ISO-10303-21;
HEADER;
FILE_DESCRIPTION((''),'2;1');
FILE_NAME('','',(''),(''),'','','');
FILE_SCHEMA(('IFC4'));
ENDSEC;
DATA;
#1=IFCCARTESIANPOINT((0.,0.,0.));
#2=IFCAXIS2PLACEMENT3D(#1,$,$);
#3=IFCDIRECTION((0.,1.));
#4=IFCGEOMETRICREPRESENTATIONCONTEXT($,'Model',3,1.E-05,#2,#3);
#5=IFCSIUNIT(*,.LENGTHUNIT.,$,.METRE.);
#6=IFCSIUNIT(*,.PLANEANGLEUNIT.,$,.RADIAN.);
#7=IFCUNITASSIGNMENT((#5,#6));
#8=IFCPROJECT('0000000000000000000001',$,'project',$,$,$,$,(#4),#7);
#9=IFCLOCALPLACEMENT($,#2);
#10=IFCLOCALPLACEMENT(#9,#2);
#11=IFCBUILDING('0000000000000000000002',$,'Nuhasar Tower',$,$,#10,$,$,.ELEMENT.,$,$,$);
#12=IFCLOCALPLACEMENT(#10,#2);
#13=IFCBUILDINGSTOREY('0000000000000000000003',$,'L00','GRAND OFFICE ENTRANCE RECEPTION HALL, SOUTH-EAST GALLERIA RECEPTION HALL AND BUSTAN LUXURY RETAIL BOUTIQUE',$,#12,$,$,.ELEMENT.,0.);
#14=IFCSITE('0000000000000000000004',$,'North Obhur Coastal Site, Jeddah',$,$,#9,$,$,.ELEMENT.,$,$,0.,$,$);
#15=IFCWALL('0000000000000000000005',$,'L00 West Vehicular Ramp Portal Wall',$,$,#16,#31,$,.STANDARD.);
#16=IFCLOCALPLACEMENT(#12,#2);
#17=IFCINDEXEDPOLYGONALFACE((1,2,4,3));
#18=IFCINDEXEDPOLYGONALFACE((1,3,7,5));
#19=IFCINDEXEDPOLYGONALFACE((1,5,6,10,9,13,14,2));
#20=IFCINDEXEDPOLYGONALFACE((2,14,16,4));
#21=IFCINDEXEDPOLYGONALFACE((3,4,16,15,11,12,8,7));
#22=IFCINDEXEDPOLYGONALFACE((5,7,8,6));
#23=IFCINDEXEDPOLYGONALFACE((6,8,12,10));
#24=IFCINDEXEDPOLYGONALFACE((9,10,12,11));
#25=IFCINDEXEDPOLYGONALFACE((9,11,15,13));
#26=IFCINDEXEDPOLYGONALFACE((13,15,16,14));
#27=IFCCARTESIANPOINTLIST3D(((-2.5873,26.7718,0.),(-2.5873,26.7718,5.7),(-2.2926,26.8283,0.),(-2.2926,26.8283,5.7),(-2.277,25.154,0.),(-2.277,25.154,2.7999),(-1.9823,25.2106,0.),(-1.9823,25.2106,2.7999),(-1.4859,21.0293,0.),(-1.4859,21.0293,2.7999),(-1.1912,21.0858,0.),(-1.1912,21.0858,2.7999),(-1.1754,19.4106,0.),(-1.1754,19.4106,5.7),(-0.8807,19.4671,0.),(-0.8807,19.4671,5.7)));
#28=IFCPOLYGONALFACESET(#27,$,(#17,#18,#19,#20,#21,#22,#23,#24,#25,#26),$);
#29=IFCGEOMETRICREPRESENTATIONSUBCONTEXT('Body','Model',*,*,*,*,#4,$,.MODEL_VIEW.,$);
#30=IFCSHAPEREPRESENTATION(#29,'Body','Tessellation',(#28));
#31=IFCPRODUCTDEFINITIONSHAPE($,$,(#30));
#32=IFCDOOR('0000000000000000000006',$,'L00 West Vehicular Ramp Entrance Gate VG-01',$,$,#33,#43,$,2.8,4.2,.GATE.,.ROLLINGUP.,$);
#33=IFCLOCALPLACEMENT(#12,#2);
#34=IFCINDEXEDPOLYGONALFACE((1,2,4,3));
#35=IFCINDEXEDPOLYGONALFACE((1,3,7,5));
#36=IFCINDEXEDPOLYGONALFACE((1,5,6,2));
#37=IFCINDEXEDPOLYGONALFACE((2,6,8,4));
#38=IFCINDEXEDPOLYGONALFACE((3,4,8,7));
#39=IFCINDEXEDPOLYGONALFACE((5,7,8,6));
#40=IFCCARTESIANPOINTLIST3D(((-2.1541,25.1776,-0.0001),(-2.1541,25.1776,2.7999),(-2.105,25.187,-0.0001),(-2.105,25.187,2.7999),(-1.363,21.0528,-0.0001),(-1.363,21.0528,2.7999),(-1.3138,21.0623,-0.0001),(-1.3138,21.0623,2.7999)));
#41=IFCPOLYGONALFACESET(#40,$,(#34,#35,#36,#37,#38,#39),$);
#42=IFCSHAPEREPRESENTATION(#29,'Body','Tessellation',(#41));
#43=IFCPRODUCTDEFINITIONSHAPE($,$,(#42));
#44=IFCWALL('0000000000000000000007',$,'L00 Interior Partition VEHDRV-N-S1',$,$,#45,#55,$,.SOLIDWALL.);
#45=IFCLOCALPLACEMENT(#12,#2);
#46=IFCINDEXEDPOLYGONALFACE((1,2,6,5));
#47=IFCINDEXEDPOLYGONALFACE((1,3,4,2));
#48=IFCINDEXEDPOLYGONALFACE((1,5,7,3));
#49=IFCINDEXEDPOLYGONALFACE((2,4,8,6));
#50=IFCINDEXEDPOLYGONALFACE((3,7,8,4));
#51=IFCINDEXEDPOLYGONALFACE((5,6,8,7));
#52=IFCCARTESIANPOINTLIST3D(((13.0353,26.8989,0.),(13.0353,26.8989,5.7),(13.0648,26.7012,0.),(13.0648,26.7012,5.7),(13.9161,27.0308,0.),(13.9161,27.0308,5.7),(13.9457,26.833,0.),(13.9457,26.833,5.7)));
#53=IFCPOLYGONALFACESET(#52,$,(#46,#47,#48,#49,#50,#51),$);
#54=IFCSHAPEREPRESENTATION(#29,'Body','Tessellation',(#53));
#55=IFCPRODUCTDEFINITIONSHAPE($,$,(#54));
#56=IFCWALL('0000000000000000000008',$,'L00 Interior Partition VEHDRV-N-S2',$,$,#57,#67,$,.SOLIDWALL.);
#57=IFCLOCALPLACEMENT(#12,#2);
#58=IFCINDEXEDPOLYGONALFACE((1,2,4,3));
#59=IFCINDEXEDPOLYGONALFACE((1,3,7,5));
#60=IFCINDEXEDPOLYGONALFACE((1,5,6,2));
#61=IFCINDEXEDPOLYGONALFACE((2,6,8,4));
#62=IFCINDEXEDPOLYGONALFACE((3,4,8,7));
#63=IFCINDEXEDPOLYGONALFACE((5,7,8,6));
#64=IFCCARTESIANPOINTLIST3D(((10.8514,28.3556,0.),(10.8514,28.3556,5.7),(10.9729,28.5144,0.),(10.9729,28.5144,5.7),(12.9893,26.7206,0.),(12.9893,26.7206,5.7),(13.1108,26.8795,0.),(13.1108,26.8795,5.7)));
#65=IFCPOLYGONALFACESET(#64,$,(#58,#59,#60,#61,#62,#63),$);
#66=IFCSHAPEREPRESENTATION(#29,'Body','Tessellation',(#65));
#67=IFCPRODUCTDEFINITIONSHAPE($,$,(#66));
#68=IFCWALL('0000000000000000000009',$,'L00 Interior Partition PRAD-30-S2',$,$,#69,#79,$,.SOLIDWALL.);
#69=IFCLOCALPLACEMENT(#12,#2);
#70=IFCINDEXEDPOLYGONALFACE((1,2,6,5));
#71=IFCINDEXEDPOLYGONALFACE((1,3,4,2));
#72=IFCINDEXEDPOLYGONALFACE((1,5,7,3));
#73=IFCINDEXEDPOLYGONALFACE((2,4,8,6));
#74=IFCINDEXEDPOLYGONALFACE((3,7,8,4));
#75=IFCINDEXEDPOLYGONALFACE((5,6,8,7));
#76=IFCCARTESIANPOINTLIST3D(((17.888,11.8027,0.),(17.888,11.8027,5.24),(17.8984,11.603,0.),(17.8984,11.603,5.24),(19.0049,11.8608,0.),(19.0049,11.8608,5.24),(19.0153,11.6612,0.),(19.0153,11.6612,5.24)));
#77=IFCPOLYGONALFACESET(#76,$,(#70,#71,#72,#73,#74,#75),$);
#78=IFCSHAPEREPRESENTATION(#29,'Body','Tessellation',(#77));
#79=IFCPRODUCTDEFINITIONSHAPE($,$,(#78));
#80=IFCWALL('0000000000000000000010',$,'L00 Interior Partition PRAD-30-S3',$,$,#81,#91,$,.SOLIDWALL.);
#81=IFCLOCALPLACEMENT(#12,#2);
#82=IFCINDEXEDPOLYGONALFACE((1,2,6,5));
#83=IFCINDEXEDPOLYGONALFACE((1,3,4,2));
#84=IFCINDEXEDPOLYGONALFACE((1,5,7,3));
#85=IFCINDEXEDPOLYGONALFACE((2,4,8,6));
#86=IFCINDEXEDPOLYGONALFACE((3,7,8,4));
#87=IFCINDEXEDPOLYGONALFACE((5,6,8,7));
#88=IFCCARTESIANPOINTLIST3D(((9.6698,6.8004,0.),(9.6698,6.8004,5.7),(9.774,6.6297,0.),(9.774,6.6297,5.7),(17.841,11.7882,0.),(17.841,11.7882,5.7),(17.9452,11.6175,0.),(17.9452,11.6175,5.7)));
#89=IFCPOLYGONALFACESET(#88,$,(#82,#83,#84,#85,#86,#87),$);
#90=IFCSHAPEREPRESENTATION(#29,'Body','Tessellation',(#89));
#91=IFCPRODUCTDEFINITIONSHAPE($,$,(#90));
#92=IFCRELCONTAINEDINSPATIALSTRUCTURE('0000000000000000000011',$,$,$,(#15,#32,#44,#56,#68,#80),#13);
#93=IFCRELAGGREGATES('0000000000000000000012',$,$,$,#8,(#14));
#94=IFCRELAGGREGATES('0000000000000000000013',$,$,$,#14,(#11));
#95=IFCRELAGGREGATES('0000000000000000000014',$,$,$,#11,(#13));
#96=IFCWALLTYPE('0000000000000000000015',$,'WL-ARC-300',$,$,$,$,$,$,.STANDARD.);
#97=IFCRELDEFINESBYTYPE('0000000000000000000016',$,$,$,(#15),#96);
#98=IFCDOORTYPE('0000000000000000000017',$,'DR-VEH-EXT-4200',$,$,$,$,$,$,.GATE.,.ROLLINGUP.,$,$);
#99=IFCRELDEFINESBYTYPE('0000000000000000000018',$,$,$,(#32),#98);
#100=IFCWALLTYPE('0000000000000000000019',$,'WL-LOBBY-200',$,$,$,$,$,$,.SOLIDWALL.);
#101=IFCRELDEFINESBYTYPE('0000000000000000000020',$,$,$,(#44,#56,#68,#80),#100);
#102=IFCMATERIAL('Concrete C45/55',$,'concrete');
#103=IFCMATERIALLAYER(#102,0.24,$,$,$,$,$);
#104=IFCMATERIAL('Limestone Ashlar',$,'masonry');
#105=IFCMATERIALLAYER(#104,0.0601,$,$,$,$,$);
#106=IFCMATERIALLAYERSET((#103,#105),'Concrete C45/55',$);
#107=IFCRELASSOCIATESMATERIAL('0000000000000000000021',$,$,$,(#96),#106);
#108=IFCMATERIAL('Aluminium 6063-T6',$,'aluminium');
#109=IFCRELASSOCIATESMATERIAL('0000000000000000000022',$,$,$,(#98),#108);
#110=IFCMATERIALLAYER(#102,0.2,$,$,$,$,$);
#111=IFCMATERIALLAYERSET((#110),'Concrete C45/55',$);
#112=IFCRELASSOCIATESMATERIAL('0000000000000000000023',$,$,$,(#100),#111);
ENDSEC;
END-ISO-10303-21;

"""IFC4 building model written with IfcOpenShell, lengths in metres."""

from ifc_helpers import new_model, si_unit, direction, frame, frame_2d, origin, place, context, subcontext, project, spatial, rectangle, extrude, material, layer, layer_set, type_object, element, fill, save


model = new_model("IFC4")

# Units and contexts
model_context = context("Model", 3, precision=1e-05, world=origin(), true_north=direction((0.0, 1.0)))
body_context = subcontext(model_context, "Body", "Model", "MODEL_VIEW")
ifc_project = project(units=[si_unit("LENGTHUNIT", "METRE"), si_unit("PLANEANGLEUNIT", "RADIAN")], contexts=[model_context])

# Site, building, storey
site_placement = place(None, origin())
site = spatial("IfcSite", under=ifc_project, at=site_placement, Name="North Obhur Coastal Site, Jeddah", CompositionType="ELEMENT", RefElevation=0.0)
building_placement = place(site_placement, origin())
building = spatial("IfcBuilding", under=site, at=building_placement, Name="Nuhasar Tower", CompositionType="ELEMENT")
storey_placement = place(building_placement, origin())
storey = spatial("IfcBuildingStorey", under=building, at=storey_placement, Name="L00", Description="GRAND OFFICE ENTRANCE RECEPTION HALL, SOUTH-EAST GALLERIA RECEPTION HALL AND BUSTAN LUXURY RETAIL BOUTIQUE", CompositionType="ELEMENT", Elevation=0.0)

# Shared definitions
ifc_material_1 = material(Name="Aluminium 6063-T6", Category="aluminium")

# Shared definitions
ifc_material_2 = material(Name="Concrete C45/55", Category="concrete")
ifc_layer_1 = layer(ifc_material_2, 0.24)
ifc_material_3 = material(Name="Limestone Ashlar", Category="masonry")
ifc_layer_2 = layer(ifc_material_3, 0.0601)
ifc_layer_set_1 = layer_set([ifc_layer_1, ifc_layer_2], Name="Concrete C45/55")
wall_type_1 = type_object("IfcWallType", Name="WL-ARC-300", PredefinedType="STANDARD", material=ifc_layer_set_1)

# Wall, opening, door
wall_1_placement = place(storey_placement, frame((-1.0281, 19.439, 0.0), z_axis=(0.0, 0.0, 1.0), x_axis=(-0.188368, 0.982099, 0.0)))
wall_1 = element("IfcWall", 1, at=wall_1_placement, inside=storey, type_object=wall_type_1, Name="L00 West Vehicular Ramp Portal Wall", PredefinedType="STANDARD", context=body_context, shape_type="SweptSolid", body=[
    extrude(rectangle(XDim=7.4954, YDim=0.3, at=frame_2d((3.7476, 0.0))), origin(), (0.0, 0.0, 1.0), 5.7),
])
opening_1_placement = place(wall_1_placement, frame((1.6479, 0.0, 0.0)))
opening_1 = element("IfcOpeningElement", 2, at=opening_1_placement, cuts=wall_1, PredefinedType="OPENING", context=body_context, shape_type="SweptSolid", body=[
    extrude(rectangle(XDim=4.2, YDim=2.8, at=frame_2d((2.1001, 1.3999))), frame((0.0, 0.1602, 0.0), z_axis=(0.0, -1.0, 0.0), x_axis=(1.0, 0.0, 0.0)), (0.0, 0.0, 1.0), 0.3201),
])
door_type_1 = type_object("IfcDoorType", Name="DR-VEH-EXT-4200", OperationType="ROLLINGUP", PredefinedType="GATE", material=ifc_material_1)
door_1_placement = place(opening_1_placement, origin())
door_1 = element("IfcDoor", 3, at=door_1_placement, inside=storey, type_object=door_type_1, Name="L00 West Vehicular Ramp Entrance Gate VG-01", OperationType="ROLLINGUP", OverallHeight=2.8, OverallWidth=4.2, PredefinedType="GATE", context=body_context, shape_type="SweptSolid", body=[
    extrude(rectangle(XDim=4.2, YDim=2.8, at=frame_2d((2.1001, 1.3999))), frame((0.0, 0.0249, 0.0), z_axis=(0.0, -1.0, 0.0), x_axis=(1.0, 0.0, 0.0)), (0.0, 0.0, 1.0), 0.05),
])
fill(opening_1, door_1)

# Walls
ifc_layer_3 = layer(ifc_material_2, 0.2)
ifc_layer_set_2 = layer_set([ifc_layer_3], Name="Concrete C45/55")
wall_type_2 = type_object("IfcWallType", Name="WL-LOBBY-200", PredefinedType="SOLIDWALL", material=ifc_layer_set_2)
wall_2_placement = place(storey_placement, frame((13.05, 26.8, 0.0), z_axis=(0.0, 0.0, 1.0), x_axis=(0.988985, 0.148019, 0.0)))
element("IfcWall", 4, at=wall_2_placement, inside=storey, type_object=wall_type_2, Name="L00 Interior Partition VEHDRV-N-S1", PredefinedType="SOLIDWALL", context=body_context, shape_type="SweptSolid", body=[
    extrude(rectangle(XDim=0.8906, YDim=0.2, at=frame_2d((0.4453, 0.0))), origin(), (0.0, 0.0, 1.0), 5.7),
])
wall_3_placement = place(storey_placement, frame((13.05, 26.8, 0.0), z_axis=(0.0, 0.0, 1.0), x_axis=(-0.794337, 0.607477, 0.0)))
element("IfcWall", 5, at=wall_3_placement, inside=storey, type_object=wall_type_2, Name="L00 Interior Partition VEHDRV-N-S2", PredefinedType="SOLIDWALL", context=body_context, shape_type="SweptSolid", body=[
    extrude(rectangle(XDim=2.6914, YDim=0.2, at=frame_2d((1.3457, 0.0))), origin(), (0.0, 0.0, 1.0), 5.7),
])
wall_4_placement = place(storey_placement, frame((19.01, 11.761, 0.0), z_axis=(0.0, 0.0, 1.0), x_axis=(-0.99865, -0.051952, 0.0)))
element("IfcWall", 6, at=wall_4_placement, inside=storey, type_object=wall_type_2, Name="L00 Interior Partition PRAD-30-S2", PredefinedType="SOLIDWALL", context=body_context, shape_type="SweptSolid", body=[
    extrude(rectangle(XDim=1.1184, YDim=0.2, at=frame_2d((0.5591, 0.0))), origin(), (0.0, 0.0, 1.0), 5.24),
])
wall_5_placement = place(storey_placement, frame((17.8931, 11.7029, 0.0), z_axis=(0.0, 0.0, 1.0), x_axis=(-0.853546, -0.521018, 0.0)))
element("IfcWall", 7, at=wall_5_placement, inside=storey, type_object=wall_type_2, Name="L00 Interior Partition PRAD-30-S3", PredefinedType="SOLIDWALL", context=body_context, shape_type="SweptSolid", body=[
    extrude(rectangle(XDim=9.5732, YDim=0.2, at=frame_2d((4.7866, 0.0))), origin(), (0.0, 0.0, 1.0), 5.7),
])

save(model, "model.ifc")
